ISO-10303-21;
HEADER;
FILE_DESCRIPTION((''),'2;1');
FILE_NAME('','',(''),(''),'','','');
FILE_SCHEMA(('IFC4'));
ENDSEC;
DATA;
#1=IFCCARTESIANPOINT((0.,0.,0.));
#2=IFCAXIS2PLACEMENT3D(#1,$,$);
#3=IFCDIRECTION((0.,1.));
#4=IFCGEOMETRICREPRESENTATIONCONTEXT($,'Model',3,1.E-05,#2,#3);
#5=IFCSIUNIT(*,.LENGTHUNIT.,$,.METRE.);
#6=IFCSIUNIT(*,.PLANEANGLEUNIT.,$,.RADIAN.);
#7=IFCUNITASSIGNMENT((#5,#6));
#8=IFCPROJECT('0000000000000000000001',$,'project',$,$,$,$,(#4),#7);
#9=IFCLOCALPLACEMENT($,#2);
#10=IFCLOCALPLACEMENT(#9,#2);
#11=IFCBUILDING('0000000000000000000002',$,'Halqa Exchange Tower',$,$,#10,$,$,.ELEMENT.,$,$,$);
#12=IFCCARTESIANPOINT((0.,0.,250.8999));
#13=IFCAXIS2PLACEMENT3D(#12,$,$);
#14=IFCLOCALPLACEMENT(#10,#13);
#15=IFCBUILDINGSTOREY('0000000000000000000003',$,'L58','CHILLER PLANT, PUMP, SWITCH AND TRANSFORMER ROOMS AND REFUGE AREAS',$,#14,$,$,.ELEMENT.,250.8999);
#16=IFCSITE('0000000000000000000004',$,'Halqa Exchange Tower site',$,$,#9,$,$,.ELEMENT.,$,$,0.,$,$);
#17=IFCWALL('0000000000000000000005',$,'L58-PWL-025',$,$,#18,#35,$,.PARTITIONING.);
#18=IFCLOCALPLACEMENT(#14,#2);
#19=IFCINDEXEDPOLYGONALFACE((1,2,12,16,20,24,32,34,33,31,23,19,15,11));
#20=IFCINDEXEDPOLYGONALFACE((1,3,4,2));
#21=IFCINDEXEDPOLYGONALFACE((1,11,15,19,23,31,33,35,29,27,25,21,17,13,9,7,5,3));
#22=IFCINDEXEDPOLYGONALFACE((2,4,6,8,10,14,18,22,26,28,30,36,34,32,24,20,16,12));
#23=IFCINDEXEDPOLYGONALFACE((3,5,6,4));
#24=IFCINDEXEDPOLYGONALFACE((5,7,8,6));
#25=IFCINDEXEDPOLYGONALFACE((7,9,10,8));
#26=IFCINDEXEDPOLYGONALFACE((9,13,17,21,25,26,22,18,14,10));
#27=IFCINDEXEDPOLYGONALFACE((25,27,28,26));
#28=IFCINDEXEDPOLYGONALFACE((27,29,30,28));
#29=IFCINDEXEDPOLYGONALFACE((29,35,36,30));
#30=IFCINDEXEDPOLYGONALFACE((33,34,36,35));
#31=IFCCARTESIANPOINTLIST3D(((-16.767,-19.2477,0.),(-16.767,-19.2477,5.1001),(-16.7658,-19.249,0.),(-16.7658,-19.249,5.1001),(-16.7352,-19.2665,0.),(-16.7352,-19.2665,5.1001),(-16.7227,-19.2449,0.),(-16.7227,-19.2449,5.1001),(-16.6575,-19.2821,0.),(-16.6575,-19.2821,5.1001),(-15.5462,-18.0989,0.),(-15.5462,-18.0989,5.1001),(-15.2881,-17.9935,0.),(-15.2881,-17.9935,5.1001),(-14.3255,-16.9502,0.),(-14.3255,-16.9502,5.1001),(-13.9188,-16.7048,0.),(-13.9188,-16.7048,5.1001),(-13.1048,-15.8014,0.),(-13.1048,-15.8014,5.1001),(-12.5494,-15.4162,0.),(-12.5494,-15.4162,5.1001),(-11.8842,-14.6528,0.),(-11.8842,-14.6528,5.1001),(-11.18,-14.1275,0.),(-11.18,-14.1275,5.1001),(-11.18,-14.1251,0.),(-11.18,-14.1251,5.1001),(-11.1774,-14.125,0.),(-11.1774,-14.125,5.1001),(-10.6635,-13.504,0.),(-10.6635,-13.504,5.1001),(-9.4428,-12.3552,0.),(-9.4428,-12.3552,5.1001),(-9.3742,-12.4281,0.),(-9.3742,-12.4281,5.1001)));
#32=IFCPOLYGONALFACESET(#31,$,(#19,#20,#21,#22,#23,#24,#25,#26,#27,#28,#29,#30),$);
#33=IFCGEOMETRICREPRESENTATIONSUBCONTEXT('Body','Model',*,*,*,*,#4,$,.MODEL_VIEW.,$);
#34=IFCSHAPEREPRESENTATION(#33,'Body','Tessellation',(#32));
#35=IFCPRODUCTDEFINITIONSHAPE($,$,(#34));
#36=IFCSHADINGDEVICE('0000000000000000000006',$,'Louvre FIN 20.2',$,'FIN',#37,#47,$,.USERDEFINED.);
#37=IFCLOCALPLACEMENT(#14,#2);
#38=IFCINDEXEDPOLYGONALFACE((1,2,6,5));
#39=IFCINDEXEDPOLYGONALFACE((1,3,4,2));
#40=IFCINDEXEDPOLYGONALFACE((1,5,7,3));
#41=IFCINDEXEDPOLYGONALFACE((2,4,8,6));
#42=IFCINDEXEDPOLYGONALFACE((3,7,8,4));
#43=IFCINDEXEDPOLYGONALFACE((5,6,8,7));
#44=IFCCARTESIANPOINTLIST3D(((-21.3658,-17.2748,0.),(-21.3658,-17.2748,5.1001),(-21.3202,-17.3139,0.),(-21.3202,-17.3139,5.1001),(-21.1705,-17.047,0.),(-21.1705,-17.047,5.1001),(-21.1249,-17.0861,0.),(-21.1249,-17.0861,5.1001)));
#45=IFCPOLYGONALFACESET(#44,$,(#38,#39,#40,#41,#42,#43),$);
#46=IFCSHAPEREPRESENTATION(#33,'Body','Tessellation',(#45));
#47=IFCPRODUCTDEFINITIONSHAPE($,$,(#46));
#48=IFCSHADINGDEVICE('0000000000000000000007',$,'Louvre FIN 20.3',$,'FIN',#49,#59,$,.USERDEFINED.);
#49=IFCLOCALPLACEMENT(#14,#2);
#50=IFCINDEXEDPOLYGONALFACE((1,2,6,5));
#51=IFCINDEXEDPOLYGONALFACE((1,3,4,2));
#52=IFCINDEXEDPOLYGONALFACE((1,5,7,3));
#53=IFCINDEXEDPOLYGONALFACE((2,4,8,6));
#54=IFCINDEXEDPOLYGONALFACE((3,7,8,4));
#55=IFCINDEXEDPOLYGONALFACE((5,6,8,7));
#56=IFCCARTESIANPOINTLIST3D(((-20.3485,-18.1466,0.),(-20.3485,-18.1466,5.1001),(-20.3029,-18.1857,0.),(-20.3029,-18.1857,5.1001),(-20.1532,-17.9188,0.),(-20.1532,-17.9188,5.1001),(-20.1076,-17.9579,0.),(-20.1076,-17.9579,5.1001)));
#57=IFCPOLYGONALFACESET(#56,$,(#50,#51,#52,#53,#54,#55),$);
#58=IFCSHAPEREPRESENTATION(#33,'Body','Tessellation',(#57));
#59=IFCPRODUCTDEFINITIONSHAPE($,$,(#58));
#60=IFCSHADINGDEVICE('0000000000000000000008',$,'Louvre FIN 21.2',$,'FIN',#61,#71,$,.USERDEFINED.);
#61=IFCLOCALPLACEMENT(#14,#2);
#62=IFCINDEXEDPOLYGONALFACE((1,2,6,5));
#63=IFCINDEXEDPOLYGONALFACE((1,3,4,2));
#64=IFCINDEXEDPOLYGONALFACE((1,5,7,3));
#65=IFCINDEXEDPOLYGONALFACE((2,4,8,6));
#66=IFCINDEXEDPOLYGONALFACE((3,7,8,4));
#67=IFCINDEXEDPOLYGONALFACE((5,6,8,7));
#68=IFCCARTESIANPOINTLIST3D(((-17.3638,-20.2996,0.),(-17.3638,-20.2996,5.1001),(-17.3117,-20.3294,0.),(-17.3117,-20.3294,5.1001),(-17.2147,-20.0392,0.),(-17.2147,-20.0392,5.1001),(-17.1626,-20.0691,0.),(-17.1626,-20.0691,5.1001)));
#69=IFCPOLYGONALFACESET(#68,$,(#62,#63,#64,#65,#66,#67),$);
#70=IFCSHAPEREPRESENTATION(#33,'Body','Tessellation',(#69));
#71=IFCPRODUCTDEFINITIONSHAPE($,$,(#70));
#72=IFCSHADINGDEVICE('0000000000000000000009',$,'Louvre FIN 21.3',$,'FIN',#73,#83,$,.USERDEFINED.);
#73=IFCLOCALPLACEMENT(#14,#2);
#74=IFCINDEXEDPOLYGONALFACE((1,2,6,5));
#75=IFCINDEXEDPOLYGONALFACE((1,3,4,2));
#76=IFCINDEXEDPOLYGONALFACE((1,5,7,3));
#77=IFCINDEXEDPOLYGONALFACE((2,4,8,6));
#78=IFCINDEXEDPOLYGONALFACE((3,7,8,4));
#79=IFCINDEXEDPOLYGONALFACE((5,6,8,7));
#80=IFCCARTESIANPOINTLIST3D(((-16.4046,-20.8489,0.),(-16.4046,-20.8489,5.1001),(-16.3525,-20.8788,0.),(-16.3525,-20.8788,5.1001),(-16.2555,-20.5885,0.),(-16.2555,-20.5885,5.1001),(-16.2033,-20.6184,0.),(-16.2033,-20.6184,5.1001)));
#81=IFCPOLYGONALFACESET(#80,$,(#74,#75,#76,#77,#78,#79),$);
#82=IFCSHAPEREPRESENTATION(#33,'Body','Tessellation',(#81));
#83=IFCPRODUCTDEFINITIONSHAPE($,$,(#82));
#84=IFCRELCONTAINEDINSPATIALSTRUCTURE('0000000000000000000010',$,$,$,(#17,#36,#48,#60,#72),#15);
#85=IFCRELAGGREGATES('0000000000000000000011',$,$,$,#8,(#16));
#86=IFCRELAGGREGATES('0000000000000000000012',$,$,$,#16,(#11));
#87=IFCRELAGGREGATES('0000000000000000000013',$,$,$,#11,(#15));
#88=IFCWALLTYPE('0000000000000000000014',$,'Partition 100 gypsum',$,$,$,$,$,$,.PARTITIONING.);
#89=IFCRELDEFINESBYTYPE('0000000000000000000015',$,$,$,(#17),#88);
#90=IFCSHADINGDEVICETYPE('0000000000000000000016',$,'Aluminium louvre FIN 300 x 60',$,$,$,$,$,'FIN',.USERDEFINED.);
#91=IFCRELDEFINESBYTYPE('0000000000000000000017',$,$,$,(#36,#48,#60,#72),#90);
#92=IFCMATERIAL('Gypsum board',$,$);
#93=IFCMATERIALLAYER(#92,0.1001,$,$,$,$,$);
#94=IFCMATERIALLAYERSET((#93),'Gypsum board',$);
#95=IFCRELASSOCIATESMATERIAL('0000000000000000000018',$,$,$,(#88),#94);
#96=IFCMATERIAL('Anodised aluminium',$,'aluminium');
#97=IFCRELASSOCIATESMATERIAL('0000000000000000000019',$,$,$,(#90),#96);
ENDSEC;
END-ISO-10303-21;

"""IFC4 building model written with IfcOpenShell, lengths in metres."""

from ifc_helpers import new_model, si_unit, direction, frame, origin, origin_2d, place, context, subcontext, project, spatial, polyline, rectangle, outline, extrude, material, layer, layer_set, material_profile, profile_set, type_object, element, save


model = new_model("IFC4")

# Units and contexts
model_context = context("Model", 3, precision=1e-05, world=origin(), true_north=direction((0.0, 1.0)))
body_context = subcontext(model_context, "Body", "Model", "MODEL_VIEW")
ifc_project = project(units=[si_unit("LENGTHUNIT", "METRE"), si_unit("PLANEANGLEUNIT", "RADIAN")], contexts=[model_context])

# Site, building, storey
site_placement = place(None, origin())
site = spatial("IfcSite", under=ifc_project, at=site_placement, Name="Halqa Exchange Tower site", CompositionType="ELEMENT", RefElevation=0.0)
building_placement = place(site_placement, origin())
building = spatial("IfcBuilding", under=site, at=building_placement, Name="Halqa Exchange Tower", CompositionType="ELEMENT")
storey_placement = place(building_placement, frame((0.0, 0.0, 250.8999)))
storey = spatial("IfcBuildingStorey", under=building, at=storey_placement, Name="L58", Description="CHILLER PLANT, PUMP, SWITCH AND TRANSFORMER ROOMS AND REFUGE AREAS", CompositionType="ELEMENT", Elevation=250.8999)

# Wall
ifc_material_1 = material(Name="Gypsum board")
ifc_layer_1 = layer(ifc_material_1, 0.1001)
ifc_layer_set_1 = layer_set([ifc_layer_1], Name="Gypsum board")
wall_type_1 = type_object("IfcWallType", Name="Partition 100 gypsum", PredefinedType="PARTITIONING", material=ifc_layer_set_1)
wall_1_placement = place(storey_placement, frame((-16.7327, -19.2842, 0.0), z_axis=(0.0, 0.0, 1.0), x_axis=(0.72824, 0.685322, 0.0)))
element("IfcWall", 1, at=wall_1_placement, inside=storey, type_object=wall_type_1, Name="L58-PWL-025", PredefinedType="PARTITIONING", context=body_context, shape_type="SweptSolid", body=[
    extrude(outline(polyline([(0.0562, -0.05), (1.9365, -0.05), (3.8169, -0.05), (5.6973, -0.05), (7.5776, -0.05), (7.5793, -0.0483), (7.5813, -0.05), (10.0574, -0.05), (10.0574, 0.05), (8.3811, 0.05), (6.7048, 0.05), (5.0288, 0.05), (3.3525, 0.05), (1.6763, 0.05), (0.0, 0.05), (0.0, 0.0483), (0.0103, 0.0146), (0.0342, 0.0217), (0.0562, -0.05)])), origin(), (0.0, 0.0, 1.0), 5.1001),
])

# Shading devices
ifc_material_2 = material(Name="Anodised aluminium", Category="aluminium")
ifc_material_profile_1 = material_profile(ifc_material_2, rectangle(XDim=0.3, YDim=0.0601, at=origin_2d()), Name="AL FIN 300x60")
ifc_profile_set_1 = profile_set([ifc_material_profile_1], Name="Anodised aluminium")
shading_device_type = type_object("IfcShadingDeviceType", Name="Aluminium louvre FIN 300 x 60", ElementType="FIN", PredefinedType="USERDEFINED", material=ifc_profile_set_1)
for number, where, z_axis, x_axis, name in (
    (2, (-21.2454, -17.1804, 0.0), (0.0, 0.0, 1.0), (0.650795, 0.759253, 0.0), "Louvre FIN 20.2"),
    (3, (-20.228, -18.0522, 0.0), (0.0, 0.0, 1.0), (0.650795, 0.759253, 0.0), "Louvre FIN 20.3"),
    (4, (-17.2632, -20.1843, 0.0), (0.0, 0.0, 1.0), (0.496985, 0.867759, 0.0), "Louvre FIN 21.2"),
    (5, (-16.304, -20.7336, 0.0), (0.0, 0.0, 1.0), (0.496985, 0.867759, 0.0), "Louvre FIN 21.3"),
):
    element("IfcShadingDevice", number, at=place(storey_placement, frame(where, z_axis=z_axis, x_axis=x_axis)), inside=storey, type_object=shading_device_type, Name=name, ObjectType="FIN", PredefinedType="USERDEFINED", context=body_context, shape_type="SweptSolid", body=[
        extrude(rectangle(XDim=0.3, YDim=0.0601, at=origin_2d()), origin(), (0.0, 0.0, 1.0), 5.1001),
    ])

save(model, "model.ifc")
